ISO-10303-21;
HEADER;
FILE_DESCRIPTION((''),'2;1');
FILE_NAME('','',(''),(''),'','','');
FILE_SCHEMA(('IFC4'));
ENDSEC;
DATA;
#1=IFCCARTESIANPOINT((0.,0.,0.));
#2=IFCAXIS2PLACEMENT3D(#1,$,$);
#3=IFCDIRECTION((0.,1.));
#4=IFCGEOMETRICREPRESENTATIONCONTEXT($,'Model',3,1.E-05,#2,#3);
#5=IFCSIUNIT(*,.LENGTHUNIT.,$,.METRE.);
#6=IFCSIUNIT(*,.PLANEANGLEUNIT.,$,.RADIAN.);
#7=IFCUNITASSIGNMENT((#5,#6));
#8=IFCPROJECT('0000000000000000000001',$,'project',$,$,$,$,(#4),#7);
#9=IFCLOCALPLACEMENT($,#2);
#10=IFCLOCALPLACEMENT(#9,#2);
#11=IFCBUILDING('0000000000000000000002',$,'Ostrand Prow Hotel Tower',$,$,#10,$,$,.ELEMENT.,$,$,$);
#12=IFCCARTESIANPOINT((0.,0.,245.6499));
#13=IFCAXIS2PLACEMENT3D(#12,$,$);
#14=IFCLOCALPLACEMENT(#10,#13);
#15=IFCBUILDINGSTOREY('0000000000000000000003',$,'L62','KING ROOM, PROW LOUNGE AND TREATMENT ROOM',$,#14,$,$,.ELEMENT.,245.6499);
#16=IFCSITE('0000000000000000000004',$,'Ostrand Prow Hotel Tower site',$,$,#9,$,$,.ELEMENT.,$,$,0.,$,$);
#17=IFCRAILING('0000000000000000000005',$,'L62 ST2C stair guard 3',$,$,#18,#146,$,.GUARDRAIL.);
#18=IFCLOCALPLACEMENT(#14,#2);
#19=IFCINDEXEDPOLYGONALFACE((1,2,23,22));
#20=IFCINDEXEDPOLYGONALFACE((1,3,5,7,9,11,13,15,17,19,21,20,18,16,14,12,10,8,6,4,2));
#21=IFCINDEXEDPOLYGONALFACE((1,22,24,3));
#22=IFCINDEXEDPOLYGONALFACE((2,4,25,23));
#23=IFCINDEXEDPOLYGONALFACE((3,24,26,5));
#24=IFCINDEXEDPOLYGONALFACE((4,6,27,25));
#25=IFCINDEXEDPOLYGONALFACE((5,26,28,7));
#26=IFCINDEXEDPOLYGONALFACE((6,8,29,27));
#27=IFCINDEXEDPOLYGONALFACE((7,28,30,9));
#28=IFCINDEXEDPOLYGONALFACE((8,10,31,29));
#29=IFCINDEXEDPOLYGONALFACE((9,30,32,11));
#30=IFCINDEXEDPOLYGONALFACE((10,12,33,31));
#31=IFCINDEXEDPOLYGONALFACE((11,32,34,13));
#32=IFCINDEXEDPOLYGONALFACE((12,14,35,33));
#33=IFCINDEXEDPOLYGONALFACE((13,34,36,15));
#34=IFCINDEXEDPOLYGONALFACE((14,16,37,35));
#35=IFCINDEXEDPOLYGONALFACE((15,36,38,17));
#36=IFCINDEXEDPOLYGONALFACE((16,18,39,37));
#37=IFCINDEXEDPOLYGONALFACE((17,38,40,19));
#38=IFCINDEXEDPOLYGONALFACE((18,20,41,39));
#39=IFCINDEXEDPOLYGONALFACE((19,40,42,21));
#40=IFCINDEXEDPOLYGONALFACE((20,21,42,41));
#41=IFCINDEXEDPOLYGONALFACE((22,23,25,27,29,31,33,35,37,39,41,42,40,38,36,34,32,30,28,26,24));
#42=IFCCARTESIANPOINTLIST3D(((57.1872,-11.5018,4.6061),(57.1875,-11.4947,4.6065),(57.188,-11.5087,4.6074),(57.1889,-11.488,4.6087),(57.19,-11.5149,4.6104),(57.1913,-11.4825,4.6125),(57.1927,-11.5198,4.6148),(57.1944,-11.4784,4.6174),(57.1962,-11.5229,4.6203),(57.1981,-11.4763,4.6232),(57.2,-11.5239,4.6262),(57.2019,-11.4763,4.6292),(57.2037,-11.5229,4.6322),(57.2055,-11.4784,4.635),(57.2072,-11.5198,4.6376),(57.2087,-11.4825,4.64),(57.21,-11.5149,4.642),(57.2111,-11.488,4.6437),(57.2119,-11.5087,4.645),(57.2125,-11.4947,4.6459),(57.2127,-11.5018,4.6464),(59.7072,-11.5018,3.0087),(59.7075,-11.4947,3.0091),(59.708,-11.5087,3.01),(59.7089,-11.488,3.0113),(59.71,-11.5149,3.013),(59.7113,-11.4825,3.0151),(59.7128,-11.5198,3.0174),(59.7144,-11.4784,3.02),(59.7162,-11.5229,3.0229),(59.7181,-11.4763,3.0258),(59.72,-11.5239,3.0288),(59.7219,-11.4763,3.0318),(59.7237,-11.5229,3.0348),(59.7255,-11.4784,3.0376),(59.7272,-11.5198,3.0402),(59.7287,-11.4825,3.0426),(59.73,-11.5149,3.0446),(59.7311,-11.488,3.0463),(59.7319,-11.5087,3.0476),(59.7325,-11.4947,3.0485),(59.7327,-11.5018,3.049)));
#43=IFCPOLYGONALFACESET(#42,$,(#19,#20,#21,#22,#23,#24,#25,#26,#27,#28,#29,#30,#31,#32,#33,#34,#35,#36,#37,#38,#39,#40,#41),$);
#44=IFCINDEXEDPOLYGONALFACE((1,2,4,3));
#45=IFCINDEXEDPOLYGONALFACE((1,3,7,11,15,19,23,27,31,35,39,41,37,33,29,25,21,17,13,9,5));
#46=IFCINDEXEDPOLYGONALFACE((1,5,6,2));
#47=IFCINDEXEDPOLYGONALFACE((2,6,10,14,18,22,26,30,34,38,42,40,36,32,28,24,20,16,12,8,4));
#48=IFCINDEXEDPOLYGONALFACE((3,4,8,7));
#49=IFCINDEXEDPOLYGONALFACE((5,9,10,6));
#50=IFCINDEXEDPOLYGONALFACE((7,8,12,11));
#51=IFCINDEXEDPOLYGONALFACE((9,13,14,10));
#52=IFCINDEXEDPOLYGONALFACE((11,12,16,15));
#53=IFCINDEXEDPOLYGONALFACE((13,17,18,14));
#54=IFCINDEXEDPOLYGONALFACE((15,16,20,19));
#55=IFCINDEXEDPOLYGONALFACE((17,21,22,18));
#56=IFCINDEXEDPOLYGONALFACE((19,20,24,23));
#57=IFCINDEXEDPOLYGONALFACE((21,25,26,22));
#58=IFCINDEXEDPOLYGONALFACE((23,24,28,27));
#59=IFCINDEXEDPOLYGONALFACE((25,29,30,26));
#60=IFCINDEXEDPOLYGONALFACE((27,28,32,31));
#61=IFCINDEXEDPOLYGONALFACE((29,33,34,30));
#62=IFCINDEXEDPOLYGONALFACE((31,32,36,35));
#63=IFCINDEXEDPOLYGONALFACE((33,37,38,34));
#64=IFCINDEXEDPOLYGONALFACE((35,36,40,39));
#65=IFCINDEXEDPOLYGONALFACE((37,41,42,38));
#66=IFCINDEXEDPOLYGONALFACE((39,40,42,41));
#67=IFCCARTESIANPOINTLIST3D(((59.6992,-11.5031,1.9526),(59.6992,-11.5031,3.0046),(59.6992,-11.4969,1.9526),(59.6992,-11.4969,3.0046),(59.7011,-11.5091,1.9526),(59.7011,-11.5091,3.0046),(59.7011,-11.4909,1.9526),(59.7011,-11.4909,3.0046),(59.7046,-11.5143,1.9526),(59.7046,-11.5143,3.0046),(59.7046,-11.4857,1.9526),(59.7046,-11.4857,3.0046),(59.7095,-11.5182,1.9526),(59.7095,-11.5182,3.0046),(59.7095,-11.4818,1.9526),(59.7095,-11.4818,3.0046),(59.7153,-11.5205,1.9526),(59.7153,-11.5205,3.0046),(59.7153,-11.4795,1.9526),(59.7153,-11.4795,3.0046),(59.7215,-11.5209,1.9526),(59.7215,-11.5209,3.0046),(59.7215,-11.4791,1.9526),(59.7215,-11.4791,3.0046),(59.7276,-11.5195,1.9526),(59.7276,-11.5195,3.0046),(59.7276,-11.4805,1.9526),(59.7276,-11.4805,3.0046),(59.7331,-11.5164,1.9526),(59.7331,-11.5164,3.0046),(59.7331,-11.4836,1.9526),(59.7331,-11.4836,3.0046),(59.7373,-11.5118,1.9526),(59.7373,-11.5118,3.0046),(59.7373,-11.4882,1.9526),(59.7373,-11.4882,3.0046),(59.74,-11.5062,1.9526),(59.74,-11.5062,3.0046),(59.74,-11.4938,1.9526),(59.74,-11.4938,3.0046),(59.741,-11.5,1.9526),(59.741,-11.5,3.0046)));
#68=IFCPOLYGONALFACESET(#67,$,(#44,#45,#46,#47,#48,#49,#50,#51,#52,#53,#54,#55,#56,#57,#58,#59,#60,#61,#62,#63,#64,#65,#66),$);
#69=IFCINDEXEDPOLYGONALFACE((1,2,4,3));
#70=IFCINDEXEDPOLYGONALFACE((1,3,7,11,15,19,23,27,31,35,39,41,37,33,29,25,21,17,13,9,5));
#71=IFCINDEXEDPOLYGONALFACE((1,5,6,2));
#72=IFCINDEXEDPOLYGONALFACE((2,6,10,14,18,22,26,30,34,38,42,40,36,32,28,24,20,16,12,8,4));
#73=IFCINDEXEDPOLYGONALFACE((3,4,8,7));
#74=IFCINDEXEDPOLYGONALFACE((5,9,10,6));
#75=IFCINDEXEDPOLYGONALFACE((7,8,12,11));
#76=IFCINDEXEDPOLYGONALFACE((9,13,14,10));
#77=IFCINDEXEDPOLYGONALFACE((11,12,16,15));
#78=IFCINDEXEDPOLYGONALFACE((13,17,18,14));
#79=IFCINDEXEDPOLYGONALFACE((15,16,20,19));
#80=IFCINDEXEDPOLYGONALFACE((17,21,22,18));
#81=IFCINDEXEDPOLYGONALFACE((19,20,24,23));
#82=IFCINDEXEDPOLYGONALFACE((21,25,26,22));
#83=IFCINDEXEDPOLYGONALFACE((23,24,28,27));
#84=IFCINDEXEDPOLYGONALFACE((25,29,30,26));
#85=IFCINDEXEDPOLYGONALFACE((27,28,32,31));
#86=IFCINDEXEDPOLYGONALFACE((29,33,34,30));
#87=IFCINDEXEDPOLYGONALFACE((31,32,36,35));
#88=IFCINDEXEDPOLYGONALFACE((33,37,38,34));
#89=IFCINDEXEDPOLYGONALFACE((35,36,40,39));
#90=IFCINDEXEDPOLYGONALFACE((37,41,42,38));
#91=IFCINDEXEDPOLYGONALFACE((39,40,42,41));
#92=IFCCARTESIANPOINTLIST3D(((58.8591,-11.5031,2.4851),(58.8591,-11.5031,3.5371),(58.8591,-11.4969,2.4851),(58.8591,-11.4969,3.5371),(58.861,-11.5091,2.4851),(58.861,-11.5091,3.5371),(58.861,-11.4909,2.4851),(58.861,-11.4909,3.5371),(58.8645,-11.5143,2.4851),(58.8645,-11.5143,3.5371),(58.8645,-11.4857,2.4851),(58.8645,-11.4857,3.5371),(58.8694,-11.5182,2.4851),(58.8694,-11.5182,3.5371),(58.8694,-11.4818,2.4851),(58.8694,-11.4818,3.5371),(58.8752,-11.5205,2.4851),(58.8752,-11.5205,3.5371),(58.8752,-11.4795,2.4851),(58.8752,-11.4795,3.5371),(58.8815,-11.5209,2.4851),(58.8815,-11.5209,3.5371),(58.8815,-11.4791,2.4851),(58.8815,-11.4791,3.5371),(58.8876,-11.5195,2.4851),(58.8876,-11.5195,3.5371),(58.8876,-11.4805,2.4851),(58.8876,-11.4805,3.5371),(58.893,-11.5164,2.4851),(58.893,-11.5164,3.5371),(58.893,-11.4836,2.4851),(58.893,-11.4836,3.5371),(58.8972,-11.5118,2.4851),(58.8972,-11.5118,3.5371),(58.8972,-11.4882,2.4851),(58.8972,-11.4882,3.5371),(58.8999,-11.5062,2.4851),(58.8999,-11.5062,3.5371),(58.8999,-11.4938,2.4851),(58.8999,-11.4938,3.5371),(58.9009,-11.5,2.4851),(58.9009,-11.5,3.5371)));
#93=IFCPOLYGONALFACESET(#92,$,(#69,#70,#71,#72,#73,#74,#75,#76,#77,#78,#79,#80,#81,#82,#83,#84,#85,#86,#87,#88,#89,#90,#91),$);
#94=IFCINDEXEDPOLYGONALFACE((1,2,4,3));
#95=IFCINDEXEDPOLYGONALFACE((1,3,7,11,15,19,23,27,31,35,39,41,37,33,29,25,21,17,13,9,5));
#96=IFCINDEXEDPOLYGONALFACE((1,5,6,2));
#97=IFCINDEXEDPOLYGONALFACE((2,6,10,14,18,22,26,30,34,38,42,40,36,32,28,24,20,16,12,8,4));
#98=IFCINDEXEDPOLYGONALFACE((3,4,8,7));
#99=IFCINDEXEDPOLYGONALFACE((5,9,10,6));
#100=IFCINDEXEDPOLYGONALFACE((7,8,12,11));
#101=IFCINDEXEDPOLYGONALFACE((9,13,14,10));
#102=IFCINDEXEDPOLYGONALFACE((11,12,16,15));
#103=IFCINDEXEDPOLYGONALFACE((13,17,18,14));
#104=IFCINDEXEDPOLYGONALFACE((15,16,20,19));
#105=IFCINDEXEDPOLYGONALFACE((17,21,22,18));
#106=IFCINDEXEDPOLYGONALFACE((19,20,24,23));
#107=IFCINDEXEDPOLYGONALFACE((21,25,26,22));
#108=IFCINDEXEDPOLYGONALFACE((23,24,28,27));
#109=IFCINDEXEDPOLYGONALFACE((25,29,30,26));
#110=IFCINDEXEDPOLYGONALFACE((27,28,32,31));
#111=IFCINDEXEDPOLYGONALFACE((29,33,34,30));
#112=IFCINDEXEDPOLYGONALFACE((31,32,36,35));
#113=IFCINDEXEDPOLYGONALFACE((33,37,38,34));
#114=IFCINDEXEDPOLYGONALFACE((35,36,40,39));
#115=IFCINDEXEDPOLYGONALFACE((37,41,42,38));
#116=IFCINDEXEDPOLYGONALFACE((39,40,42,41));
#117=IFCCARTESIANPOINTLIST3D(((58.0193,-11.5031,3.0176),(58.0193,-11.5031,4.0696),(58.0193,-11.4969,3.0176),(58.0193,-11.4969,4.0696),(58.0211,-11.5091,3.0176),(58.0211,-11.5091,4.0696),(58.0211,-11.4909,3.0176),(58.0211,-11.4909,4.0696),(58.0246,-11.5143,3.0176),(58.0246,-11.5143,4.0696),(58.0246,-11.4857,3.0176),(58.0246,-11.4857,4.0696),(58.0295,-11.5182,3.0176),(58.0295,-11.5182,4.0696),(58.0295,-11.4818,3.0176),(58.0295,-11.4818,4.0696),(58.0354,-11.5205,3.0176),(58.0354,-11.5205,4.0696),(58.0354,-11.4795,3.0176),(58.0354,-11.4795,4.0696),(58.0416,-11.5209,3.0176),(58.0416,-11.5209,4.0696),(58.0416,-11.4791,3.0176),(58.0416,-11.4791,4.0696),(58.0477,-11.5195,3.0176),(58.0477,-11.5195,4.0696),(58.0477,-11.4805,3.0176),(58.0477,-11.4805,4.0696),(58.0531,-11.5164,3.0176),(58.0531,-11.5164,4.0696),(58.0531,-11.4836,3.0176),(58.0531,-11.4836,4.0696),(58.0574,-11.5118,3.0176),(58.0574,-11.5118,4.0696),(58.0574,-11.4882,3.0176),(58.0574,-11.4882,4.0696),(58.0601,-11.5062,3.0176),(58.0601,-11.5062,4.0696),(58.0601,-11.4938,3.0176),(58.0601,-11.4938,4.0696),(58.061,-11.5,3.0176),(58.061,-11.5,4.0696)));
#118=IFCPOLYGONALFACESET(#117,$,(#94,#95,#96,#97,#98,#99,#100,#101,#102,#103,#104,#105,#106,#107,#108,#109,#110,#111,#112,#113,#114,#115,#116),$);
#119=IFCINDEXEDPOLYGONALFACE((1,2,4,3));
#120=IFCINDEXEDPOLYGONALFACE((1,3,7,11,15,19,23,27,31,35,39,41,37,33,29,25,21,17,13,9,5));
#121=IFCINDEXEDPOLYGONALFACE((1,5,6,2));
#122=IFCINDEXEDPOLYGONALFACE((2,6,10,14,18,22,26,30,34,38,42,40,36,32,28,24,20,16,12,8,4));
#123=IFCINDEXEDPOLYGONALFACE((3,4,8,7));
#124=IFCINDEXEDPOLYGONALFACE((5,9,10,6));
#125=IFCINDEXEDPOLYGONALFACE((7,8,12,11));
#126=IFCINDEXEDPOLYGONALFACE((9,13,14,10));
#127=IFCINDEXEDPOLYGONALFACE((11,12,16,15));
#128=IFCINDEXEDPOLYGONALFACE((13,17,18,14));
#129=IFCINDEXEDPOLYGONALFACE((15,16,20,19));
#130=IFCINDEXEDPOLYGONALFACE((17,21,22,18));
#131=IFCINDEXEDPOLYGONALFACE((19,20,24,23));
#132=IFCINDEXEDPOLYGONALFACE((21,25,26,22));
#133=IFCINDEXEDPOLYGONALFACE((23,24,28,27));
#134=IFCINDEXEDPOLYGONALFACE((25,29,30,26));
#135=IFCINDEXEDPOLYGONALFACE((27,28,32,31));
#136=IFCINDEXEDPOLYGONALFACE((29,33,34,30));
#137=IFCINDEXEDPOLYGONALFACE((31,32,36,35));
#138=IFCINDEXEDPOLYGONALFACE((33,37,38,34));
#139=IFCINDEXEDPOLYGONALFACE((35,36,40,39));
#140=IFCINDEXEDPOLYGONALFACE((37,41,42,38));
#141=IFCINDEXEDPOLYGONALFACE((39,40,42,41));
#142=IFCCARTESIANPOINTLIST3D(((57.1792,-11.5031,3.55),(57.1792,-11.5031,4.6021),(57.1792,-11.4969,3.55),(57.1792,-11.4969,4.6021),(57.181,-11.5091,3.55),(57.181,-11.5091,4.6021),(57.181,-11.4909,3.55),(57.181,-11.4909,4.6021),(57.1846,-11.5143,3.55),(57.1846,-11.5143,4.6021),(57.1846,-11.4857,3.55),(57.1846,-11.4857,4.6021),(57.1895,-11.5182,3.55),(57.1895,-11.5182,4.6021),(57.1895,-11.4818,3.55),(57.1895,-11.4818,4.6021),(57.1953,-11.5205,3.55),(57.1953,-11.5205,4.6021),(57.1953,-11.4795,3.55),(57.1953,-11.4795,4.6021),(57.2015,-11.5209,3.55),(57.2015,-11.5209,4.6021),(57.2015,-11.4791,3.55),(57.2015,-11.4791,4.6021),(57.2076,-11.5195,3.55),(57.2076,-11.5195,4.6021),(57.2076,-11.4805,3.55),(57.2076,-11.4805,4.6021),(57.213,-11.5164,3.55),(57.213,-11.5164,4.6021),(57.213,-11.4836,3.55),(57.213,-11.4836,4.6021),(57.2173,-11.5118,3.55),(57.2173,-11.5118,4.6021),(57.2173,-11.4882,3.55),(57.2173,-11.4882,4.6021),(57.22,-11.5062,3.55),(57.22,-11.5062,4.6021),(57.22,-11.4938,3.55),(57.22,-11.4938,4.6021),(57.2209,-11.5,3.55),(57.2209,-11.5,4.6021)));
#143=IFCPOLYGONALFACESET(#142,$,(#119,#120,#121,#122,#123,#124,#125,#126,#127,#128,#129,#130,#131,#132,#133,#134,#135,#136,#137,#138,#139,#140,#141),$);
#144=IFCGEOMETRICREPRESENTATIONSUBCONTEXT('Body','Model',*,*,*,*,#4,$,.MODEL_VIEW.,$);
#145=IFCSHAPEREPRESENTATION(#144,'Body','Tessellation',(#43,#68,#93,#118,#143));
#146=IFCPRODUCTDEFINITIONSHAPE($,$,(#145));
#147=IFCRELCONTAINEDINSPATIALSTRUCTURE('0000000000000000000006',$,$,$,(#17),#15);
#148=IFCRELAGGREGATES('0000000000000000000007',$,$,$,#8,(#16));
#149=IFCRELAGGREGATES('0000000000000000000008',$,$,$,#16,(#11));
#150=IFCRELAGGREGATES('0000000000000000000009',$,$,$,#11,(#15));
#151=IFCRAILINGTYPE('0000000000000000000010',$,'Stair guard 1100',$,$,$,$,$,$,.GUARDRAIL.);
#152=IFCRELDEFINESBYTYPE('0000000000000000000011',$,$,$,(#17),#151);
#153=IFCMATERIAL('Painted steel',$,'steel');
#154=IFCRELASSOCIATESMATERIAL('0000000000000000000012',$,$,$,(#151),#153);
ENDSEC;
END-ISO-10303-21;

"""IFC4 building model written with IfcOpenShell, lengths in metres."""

from ifc_helpers import new_model, si_unit, direction, frame, origin, origin_2d, place, context, subcontext, project, spatial, circle, extrude, material, type_object, element, save


model = new_model("IFC4")

# Units and contexts
model_context = context("Model", 3, precision=1e-05, world=origin(), true_north=direction((0.0, 1.0)))
body_context = subcontext(model_context, "Body", "Model", "MODEL_VIEW")
ifc_project = project(units=[si_unit("LENGTHUNIT", "METRE"), si_unit("PLANEANGLEUNIT", "RADIAN")], contexts=[model_context])

# Site, building, storey
site_placement = place(None, origin())
site = spatial("IfcSite", under=ifc_project, at=site_placement, Name="Ostrand Prow Hotel Tower site", CompositionType="ELEMENT", RefElevation=0.0)
building_placement = place(site_placement, origin())
building = spatial("IfcBuilding", under=site, at=building_placement, Name="Ostrand Prow Hotel Tower", CompositionType="ELEMENT")
storey_placement = place(building_placement, frame((0.0, 0.0, 245.6499)))
storey = spatial("IfcBuildingStorey", under=building, at=storey_placement, Name="L62", Description="KING ROOM, PROW LOUNGE AND TREATMENT ROOM", CompositionType="ELEMENT", Elevation=245.6499)

# Railing
ifc_material_1 = material(Name="Painted steel", Category="steel")
railing_type_1 = type_object("IfcRailingType", Name="Stair guard 1100", PredefinedType="GUARDRAIL", material=ifc_material_1)
railing_1_placement = place(storey_placement, frame((59.72, -11.5, 1.9526)))
element("IfcRailing", 1, at=railing_1_placement, inside=storey, type_object=railing_type_1, Name="L62 ST2C stair guard 3", PredefinedType="GUARDRAIL", context=body_context, shape_type="SweptSolid", body=[
    extrude(circle(Radius=0.0239, at=origin_2d()), frame((0.0, 0.0, 1.0762), z_axis=(-0.844607, 0.0, 0.535387), x_axis=(0.0, -1.0, 0.0)), (0.0, 0.0, 1.0), 2.9836),
    extrude(circle(Radius=0.021, at=origin_2d()), origin(), (0.0, 0.0, 1.0), 1.052),
    extrude(circle(Radius=0.021, at=origin_2d()), frame((-0.8401, 0.0, 0.5325)), (0.0, 0.0, 1.0), 1.052),
    extrude(circle(Radius=0.021, at=origin_2d()), frame((-1.6799, 0.0, 1.0649)), (0.0, 0.0, 1.0), 1.052),
    extrude(circle(Radius=0.021, at=origin_2d()), frame((-2.52, 0.0, 1.5974)), (0.0, 0.0, 1.0), 1.052),
])

save(model, "model.ifc")
